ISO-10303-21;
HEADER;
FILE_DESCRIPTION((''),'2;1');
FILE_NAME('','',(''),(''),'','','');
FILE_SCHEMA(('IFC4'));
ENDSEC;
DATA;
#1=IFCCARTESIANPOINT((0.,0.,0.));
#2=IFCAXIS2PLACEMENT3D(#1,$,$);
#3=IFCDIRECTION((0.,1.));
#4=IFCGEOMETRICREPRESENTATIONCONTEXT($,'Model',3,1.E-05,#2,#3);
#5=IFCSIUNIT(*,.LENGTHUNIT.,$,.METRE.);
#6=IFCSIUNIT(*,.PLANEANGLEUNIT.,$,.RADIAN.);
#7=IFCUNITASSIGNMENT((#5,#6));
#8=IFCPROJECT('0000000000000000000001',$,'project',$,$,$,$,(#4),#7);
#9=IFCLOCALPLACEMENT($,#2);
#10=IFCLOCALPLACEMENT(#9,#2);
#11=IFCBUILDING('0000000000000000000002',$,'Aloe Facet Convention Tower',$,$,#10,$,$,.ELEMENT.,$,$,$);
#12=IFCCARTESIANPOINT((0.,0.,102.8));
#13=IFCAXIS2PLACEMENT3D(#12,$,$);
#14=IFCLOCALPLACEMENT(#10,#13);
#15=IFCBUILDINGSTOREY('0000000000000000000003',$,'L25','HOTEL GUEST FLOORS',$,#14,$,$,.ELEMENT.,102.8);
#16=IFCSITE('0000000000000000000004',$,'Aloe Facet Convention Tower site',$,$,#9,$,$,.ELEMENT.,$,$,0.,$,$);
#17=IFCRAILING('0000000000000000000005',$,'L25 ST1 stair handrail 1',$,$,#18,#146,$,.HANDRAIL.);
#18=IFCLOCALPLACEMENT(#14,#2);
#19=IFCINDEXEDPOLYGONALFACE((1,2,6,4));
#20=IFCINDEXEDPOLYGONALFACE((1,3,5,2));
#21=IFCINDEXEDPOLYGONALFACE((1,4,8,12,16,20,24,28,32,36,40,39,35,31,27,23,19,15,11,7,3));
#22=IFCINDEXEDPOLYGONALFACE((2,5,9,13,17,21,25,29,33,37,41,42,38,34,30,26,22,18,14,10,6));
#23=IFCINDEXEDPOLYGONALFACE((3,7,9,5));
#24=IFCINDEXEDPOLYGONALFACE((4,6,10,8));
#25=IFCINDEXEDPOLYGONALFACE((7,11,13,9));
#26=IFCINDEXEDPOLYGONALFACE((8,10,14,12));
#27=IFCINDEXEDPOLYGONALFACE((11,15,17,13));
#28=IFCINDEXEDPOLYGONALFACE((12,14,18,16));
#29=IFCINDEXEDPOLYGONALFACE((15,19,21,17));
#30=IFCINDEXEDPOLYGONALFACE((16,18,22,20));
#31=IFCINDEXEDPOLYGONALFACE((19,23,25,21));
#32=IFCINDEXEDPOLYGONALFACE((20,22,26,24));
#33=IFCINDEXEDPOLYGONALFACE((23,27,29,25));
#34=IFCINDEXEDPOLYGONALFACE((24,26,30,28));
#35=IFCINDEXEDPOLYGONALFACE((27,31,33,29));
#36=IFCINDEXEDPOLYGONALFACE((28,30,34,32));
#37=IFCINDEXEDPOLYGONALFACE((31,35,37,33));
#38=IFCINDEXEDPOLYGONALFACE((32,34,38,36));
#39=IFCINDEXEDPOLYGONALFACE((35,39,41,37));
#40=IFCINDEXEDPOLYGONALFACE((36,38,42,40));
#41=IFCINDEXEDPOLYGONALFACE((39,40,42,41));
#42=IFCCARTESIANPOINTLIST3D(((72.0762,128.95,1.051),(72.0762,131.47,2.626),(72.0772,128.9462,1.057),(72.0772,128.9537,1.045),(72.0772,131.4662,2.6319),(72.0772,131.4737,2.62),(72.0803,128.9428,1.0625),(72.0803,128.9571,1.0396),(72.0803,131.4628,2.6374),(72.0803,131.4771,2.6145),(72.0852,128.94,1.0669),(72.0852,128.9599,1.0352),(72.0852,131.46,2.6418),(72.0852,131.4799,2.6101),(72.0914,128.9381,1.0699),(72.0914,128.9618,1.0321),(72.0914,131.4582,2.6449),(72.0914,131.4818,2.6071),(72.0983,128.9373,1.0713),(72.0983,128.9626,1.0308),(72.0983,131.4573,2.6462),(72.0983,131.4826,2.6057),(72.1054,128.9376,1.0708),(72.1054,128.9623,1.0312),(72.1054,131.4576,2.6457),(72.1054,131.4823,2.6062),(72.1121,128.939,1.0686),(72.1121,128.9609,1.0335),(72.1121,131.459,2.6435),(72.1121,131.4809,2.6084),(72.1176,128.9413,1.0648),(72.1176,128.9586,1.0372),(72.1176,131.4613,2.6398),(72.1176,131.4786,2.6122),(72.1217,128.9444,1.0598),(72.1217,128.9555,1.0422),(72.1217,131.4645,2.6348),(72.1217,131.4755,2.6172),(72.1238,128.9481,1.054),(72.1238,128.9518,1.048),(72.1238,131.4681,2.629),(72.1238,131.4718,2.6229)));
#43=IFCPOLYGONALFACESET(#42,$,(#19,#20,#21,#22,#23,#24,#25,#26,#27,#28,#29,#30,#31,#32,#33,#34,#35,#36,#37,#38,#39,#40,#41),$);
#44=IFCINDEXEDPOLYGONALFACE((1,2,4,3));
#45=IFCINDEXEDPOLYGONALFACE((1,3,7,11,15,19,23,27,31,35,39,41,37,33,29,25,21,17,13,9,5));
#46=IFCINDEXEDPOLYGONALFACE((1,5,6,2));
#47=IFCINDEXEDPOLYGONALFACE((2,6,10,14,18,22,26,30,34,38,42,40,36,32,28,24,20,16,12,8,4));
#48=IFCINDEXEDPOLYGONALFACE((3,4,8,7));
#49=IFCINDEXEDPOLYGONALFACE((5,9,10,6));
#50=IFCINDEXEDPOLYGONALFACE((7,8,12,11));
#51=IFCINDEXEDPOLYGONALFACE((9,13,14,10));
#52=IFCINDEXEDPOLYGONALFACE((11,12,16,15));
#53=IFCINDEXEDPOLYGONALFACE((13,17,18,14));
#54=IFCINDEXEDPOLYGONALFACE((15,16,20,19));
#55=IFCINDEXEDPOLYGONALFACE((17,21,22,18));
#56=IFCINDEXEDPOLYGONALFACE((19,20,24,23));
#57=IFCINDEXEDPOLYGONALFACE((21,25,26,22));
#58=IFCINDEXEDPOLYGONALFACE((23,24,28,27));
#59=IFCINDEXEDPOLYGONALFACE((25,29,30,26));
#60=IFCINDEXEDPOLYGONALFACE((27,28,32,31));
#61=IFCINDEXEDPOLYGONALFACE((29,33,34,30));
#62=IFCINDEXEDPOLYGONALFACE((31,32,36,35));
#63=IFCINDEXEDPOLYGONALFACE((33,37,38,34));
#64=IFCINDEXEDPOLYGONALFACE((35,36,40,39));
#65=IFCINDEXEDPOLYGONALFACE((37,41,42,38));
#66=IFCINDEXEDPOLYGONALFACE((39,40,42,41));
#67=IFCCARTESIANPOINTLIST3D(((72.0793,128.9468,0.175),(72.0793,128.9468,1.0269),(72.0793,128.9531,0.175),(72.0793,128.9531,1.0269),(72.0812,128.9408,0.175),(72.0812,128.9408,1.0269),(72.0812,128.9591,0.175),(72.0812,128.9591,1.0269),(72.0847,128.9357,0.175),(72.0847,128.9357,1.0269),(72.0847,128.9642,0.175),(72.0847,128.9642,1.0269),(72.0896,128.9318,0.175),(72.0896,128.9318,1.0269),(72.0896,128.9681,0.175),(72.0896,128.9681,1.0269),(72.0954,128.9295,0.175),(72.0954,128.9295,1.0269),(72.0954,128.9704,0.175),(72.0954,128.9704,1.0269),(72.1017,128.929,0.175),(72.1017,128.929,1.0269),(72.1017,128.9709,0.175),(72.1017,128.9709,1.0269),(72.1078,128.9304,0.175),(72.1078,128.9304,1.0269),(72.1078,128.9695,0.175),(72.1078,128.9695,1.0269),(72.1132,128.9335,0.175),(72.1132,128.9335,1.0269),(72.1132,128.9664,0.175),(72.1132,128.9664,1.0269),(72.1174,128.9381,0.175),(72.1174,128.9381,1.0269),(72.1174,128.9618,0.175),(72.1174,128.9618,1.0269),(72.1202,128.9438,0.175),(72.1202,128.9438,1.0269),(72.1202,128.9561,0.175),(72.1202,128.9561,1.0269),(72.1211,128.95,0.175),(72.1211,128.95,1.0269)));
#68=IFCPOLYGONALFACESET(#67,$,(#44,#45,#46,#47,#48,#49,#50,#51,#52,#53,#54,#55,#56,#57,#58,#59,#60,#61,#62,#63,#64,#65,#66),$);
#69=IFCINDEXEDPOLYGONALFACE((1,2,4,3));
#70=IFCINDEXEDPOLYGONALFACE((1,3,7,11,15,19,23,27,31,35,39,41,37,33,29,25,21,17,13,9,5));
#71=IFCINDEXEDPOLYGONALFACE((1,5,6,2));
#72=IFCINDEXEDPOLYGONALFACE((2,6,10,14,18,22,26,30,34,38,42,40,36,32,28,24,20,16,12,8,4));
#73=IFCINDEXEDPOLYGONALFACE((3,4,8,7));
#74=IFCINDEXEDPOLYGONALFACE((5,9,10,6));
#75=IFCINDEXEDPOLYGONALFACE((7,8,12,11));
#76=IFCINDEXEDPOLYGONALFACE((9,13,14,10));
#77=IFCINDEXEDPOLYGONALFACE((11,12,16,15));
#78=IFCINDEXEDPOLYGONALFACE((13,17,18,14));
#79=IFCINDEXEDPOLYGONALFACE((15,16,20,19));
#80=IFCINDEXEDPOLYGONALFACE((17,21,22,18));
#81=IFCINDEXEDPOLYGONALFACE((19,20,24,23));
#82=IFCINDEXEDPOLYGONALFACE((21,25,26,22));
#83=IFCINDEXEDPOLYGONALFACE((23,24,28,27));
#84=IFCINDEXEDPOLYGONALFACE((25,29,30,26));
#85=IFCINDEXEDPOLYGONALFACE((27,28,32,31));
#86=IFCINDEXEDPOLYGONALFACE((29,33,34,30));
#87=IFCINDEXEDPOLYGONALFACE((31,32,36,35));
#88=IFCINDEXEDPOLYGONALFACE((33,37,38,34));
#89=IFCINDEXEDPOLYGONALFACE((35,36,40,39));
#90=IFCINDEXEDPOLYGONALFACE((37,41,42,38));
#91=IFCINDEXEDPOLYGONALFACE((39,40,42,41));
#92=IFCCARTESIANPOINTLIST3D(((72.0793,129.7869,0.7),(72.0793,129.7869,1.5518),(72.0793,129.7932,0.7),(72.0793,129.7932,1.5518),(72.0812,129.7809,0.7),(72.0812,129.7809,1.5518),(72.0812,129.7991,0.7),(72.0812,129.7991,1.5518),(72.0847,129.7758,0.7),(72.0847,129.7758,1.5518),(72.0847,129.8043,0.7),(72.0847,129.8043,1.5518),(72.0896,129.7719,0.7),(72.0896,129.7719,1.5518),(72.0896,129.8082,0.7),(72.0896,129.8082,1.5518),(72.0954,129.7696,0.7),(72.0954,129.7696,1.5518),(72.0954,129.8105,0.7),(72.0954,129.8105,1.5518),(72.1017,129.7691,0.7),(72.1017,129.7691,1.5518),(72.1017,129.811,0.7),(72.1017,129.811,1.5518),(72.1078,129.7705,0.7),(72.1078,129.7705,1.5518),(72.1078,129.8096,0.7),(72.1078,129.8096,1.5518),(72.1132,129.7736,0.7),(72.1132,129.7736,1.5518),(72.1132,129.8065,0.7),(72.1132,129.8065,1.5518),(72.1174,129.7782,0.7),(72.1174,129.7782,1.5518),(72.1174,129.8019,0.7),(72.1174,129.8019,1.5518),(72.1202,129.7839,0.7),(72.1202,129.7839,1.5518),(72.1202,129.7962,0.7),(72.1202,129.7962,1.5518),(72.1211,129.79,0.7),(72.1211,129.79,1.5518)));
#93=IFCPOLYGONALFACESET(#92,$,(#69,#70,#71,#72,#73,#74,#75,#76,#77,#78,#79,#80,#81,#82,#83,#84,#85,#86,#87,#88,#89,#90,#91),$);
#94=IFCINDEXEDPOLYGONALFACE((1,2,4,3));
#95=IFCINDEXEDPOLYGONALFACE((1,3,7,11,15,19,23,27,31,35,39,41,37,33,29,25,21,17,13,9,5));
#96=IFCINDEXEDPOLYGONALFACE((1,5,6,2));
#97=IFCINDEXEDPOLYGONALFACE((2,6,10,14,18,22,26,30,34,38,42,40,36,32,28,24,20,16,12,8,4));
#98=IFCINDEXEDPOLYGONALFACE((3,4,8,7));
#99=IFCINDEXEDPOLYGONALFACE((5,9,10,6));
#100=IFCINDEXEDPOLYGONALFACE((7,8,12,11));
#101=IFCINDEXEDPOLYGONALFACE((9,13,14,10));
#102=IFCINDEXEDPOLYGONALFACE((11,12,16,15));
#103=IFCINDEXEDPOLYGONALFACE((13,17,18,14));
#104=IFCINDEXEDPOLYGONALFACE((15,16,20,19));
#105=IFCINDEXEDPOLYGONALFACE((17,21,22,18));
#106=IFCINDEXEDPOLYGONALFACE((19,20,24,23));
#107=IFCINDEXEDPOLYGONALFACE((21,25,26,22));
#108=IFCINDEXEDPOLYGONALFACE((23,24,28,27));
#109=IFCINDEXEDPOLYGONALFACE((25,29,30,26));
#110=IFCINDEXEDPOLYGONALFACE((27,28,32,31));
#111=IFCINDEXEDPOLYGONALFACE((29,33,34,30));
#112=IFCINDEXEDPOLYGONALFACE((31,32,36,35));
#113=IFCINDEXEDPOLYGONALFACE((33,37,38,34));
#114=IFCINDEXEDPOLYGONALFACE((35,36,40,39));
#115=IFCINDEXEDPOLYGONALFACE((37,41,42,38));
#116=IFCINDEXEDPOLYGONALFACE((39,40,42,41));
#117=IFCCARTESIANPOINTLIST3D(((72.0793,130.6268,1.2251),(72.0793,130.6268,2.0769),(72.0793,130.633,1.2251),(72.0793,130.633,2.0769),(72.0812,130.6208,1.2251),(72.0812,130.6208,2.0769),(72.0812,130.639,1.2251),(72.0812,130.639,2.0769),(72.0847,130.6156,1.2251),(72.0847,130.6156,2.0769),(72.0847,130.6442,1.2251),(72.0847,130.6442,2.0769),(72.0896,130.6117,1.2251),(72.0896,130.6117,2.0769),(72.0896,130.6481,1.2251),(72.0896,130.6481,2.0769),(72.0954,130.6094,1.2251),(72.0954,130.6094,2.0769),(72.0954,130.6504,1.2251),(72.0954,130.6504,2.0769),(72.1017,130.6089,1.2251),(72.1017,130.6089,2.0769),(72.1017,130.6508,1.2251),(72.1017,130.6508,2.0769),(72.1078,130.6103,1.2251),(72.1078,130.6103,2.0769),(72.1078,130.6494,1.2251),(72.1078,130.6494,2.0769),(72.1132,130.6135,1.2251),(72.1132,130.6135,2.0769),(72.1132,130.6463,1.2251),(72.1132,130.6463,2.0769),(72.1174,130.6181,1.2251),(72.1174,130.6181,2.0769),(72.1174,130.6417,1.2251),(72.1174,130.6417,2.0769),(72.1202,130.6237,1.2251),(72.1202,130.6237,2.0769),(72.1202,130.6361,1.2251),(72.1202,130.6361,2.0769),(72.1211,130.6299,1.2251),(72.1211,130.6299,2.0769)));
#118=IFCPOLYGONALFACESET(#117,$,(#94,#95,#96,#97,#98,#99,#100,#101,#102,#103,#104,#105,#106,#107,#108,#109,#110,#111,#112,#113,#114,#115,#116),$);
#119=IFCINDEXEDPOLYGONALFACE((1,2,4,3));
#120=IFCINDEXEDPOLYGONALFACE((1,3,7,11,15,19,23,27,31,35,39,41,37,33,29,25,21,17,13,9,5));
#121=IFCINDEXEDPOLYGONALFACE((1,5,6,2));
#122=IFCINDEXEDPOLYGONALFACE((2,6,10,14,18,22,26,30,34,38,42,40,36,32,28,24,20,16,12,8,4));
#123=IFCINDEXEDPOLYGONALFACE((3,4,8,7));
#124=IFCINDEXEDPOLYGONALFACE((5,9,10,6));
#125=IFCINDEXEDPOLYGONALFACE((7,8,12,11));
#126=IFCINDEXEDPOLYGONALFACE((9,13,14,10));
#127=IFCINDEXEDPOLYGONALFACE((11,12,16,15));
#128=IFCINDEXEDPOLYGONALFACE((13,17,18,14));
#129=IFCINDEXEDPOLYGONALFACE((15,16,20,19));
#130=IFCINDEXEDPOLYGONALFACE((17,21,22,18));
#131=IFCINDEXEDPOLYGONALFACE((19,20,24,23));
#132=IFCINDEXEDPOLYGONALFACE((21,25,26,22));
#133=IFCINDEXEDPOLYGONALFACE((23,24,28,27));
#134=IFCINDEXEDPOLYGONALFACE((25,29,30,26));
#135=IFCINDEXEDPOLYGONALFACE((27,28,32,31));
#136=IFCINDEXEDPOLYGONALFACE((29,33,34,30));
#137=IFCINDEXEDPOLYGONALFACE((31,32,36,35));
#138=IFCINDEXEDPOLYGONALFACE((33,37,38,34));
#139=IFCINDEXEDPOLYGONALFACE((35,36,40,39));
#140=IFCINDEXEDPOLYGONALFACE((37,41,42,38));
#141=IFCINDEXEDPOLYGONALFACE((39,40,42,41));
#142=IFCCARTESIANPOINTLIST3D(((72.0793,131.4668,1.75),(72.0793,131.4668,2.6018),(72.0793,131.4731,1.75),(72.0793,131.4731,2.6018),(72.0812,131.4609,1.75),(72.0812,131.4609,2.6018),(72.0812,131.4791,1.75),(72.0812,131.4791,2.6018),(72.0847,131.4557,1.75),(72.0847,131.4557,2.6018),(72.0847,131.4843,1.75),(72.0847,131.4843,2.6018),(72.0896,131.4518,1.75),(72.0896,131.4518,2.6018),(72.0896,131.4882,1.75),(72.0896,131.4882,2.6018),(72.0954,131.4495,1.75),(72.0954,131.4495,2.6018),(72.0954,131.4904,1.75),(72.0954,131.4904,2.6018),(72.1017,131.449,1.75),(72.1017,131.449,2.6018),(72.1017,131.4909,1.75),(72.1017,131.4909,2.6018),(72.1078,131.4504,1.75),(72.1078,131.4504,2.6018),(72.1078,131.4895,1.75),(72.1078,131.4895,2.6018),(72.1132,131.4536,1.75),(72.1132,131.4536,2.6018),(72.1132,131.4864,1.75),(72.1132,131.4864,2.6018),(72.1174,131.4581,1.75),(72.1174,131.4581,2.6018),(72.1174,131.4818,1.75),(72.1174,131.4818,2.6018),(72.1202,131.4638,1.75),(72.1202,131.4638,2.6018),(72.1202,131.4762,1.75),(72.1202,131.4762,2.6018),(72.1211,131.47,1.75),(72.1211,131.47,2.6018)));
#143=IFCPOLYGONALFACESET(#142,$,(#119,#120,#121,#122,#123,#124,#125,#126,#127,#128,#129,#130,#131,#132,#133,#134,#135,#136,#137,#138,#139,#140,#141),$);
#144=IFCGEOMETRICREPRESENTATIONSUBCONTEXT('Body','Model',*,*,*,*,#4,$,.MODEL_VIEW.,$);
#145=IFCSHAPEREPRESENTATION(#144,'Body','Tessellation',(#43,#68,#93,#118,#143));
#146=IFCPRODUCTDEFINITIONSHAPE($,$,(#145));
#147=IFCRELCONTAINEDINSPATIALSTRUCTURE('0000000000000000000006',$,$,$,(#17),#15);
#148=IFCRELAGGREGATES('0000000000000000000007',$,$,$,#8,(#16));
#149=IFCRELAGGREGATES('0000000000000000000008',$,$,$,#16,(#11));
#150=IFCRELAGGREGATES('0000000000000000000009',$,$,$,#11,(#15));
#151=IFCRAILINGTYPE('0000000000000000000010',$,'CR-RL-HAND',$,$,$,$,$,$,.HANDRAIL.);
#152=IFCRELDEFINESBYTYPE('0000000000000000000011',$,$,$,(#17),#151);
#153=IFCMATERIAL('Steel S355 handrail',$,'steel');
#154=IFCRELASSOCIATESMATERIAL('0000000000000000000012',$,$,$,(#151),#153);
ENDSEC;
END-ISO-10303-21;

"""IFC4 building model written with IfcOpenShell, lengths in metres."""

from ifc_helpers import new_model, si_unit, direction, frame, origin, origin_2d, place, context, subcontext, project, spatial, circle, extrude, material, type_object, element, save


model = new_model("IFC4")

# Units and contexts
model_context = context("Model", 3, precision=1e-05, world=origin(), true_north=direction((0.0, 1.0)))
body_context = subcontext(model_context, "Body", "Model", "MODEL_VIEW")
ifc_project = project(units=[si_unit("LENGTHUNIT", "METRE"), si_unit("PLANEANGLEUNIT", "RADIAN")], contexts=[model_context])

# Site, building, storey
site_placement = place(None, origin())
site = spatial("IfcSite", under=ifc_project, at=site_placement, Name="Aloe Facet Convention Tower site", CompositionType="ELEMENT", RefElevation=0.0)
building_placement = place(site_placement, origin())
building = spatial("IfcBuilding", under=site, at=building_placement, Name="Aloe Facet Convention Tower", CompositionType="ELEMENT")
storey_placement = place(building_placement, frame((0.0, 0.0, 102.8)))
storey = spatial("IfcBuildingStorey", under=building, at=storey_placement, Name="L25", Description="HOTEL GUEST FLOORS", CompositionType="ELEMENT", Elevation=102.8)

# Railing
ifc_material_1 = material(Name="Steel S355 handrail", Category="steel")
railing_type_1 = type_object("IfcRailingType", Name="CR-RL-HAND", PredefinedType="HANDRAIL", material=ifc_material_1)
railing_1_placement = place(storey_placement, frame((72.1001, 128.95, 0.175)))
element("IfcRailing", 1, at=railing_1_placement, inside=storey, type_object=railing_type_1, Name="L25 ST1 stair handrail 1", PredefinedType="HANDRAIL", context=body_context, shape_type="SweptSolid", body=[
    extrude(circle(Radius=0.0239, at=origin_2d()), frame((0.0, 0.0, 0.876), z_axis=(0.0, 0.848008, 0.529984), x_axis=(-1.0, 0.0, 0.0)), (0.0, 0.0, 1.0), 2.9717),
    extrude(circle(Radius=0.021, at=origin_2d()), origin(), (0.0, 0.0, 1.0), 0.8518),
    extrude(circle(Radius=0.021, at=origin_2d()), frame((0.0, 0.8401, 0.5249)), (0.0, 0.0, 1.0), 0.8518),
    extrude(circle(Radius=0.021, at=origin_2d()), frame((0.0, 1.6799, 1.05)), (0.0, 0.0, 1.0), 0.8518),
    extrude(circle(Radius=0.021, at=origin_2d()), frame((0.0, 2.52, 1.575)), (0.0, 0.0, 1.0), 0.8518),
])

save(model, "model.ifc")
